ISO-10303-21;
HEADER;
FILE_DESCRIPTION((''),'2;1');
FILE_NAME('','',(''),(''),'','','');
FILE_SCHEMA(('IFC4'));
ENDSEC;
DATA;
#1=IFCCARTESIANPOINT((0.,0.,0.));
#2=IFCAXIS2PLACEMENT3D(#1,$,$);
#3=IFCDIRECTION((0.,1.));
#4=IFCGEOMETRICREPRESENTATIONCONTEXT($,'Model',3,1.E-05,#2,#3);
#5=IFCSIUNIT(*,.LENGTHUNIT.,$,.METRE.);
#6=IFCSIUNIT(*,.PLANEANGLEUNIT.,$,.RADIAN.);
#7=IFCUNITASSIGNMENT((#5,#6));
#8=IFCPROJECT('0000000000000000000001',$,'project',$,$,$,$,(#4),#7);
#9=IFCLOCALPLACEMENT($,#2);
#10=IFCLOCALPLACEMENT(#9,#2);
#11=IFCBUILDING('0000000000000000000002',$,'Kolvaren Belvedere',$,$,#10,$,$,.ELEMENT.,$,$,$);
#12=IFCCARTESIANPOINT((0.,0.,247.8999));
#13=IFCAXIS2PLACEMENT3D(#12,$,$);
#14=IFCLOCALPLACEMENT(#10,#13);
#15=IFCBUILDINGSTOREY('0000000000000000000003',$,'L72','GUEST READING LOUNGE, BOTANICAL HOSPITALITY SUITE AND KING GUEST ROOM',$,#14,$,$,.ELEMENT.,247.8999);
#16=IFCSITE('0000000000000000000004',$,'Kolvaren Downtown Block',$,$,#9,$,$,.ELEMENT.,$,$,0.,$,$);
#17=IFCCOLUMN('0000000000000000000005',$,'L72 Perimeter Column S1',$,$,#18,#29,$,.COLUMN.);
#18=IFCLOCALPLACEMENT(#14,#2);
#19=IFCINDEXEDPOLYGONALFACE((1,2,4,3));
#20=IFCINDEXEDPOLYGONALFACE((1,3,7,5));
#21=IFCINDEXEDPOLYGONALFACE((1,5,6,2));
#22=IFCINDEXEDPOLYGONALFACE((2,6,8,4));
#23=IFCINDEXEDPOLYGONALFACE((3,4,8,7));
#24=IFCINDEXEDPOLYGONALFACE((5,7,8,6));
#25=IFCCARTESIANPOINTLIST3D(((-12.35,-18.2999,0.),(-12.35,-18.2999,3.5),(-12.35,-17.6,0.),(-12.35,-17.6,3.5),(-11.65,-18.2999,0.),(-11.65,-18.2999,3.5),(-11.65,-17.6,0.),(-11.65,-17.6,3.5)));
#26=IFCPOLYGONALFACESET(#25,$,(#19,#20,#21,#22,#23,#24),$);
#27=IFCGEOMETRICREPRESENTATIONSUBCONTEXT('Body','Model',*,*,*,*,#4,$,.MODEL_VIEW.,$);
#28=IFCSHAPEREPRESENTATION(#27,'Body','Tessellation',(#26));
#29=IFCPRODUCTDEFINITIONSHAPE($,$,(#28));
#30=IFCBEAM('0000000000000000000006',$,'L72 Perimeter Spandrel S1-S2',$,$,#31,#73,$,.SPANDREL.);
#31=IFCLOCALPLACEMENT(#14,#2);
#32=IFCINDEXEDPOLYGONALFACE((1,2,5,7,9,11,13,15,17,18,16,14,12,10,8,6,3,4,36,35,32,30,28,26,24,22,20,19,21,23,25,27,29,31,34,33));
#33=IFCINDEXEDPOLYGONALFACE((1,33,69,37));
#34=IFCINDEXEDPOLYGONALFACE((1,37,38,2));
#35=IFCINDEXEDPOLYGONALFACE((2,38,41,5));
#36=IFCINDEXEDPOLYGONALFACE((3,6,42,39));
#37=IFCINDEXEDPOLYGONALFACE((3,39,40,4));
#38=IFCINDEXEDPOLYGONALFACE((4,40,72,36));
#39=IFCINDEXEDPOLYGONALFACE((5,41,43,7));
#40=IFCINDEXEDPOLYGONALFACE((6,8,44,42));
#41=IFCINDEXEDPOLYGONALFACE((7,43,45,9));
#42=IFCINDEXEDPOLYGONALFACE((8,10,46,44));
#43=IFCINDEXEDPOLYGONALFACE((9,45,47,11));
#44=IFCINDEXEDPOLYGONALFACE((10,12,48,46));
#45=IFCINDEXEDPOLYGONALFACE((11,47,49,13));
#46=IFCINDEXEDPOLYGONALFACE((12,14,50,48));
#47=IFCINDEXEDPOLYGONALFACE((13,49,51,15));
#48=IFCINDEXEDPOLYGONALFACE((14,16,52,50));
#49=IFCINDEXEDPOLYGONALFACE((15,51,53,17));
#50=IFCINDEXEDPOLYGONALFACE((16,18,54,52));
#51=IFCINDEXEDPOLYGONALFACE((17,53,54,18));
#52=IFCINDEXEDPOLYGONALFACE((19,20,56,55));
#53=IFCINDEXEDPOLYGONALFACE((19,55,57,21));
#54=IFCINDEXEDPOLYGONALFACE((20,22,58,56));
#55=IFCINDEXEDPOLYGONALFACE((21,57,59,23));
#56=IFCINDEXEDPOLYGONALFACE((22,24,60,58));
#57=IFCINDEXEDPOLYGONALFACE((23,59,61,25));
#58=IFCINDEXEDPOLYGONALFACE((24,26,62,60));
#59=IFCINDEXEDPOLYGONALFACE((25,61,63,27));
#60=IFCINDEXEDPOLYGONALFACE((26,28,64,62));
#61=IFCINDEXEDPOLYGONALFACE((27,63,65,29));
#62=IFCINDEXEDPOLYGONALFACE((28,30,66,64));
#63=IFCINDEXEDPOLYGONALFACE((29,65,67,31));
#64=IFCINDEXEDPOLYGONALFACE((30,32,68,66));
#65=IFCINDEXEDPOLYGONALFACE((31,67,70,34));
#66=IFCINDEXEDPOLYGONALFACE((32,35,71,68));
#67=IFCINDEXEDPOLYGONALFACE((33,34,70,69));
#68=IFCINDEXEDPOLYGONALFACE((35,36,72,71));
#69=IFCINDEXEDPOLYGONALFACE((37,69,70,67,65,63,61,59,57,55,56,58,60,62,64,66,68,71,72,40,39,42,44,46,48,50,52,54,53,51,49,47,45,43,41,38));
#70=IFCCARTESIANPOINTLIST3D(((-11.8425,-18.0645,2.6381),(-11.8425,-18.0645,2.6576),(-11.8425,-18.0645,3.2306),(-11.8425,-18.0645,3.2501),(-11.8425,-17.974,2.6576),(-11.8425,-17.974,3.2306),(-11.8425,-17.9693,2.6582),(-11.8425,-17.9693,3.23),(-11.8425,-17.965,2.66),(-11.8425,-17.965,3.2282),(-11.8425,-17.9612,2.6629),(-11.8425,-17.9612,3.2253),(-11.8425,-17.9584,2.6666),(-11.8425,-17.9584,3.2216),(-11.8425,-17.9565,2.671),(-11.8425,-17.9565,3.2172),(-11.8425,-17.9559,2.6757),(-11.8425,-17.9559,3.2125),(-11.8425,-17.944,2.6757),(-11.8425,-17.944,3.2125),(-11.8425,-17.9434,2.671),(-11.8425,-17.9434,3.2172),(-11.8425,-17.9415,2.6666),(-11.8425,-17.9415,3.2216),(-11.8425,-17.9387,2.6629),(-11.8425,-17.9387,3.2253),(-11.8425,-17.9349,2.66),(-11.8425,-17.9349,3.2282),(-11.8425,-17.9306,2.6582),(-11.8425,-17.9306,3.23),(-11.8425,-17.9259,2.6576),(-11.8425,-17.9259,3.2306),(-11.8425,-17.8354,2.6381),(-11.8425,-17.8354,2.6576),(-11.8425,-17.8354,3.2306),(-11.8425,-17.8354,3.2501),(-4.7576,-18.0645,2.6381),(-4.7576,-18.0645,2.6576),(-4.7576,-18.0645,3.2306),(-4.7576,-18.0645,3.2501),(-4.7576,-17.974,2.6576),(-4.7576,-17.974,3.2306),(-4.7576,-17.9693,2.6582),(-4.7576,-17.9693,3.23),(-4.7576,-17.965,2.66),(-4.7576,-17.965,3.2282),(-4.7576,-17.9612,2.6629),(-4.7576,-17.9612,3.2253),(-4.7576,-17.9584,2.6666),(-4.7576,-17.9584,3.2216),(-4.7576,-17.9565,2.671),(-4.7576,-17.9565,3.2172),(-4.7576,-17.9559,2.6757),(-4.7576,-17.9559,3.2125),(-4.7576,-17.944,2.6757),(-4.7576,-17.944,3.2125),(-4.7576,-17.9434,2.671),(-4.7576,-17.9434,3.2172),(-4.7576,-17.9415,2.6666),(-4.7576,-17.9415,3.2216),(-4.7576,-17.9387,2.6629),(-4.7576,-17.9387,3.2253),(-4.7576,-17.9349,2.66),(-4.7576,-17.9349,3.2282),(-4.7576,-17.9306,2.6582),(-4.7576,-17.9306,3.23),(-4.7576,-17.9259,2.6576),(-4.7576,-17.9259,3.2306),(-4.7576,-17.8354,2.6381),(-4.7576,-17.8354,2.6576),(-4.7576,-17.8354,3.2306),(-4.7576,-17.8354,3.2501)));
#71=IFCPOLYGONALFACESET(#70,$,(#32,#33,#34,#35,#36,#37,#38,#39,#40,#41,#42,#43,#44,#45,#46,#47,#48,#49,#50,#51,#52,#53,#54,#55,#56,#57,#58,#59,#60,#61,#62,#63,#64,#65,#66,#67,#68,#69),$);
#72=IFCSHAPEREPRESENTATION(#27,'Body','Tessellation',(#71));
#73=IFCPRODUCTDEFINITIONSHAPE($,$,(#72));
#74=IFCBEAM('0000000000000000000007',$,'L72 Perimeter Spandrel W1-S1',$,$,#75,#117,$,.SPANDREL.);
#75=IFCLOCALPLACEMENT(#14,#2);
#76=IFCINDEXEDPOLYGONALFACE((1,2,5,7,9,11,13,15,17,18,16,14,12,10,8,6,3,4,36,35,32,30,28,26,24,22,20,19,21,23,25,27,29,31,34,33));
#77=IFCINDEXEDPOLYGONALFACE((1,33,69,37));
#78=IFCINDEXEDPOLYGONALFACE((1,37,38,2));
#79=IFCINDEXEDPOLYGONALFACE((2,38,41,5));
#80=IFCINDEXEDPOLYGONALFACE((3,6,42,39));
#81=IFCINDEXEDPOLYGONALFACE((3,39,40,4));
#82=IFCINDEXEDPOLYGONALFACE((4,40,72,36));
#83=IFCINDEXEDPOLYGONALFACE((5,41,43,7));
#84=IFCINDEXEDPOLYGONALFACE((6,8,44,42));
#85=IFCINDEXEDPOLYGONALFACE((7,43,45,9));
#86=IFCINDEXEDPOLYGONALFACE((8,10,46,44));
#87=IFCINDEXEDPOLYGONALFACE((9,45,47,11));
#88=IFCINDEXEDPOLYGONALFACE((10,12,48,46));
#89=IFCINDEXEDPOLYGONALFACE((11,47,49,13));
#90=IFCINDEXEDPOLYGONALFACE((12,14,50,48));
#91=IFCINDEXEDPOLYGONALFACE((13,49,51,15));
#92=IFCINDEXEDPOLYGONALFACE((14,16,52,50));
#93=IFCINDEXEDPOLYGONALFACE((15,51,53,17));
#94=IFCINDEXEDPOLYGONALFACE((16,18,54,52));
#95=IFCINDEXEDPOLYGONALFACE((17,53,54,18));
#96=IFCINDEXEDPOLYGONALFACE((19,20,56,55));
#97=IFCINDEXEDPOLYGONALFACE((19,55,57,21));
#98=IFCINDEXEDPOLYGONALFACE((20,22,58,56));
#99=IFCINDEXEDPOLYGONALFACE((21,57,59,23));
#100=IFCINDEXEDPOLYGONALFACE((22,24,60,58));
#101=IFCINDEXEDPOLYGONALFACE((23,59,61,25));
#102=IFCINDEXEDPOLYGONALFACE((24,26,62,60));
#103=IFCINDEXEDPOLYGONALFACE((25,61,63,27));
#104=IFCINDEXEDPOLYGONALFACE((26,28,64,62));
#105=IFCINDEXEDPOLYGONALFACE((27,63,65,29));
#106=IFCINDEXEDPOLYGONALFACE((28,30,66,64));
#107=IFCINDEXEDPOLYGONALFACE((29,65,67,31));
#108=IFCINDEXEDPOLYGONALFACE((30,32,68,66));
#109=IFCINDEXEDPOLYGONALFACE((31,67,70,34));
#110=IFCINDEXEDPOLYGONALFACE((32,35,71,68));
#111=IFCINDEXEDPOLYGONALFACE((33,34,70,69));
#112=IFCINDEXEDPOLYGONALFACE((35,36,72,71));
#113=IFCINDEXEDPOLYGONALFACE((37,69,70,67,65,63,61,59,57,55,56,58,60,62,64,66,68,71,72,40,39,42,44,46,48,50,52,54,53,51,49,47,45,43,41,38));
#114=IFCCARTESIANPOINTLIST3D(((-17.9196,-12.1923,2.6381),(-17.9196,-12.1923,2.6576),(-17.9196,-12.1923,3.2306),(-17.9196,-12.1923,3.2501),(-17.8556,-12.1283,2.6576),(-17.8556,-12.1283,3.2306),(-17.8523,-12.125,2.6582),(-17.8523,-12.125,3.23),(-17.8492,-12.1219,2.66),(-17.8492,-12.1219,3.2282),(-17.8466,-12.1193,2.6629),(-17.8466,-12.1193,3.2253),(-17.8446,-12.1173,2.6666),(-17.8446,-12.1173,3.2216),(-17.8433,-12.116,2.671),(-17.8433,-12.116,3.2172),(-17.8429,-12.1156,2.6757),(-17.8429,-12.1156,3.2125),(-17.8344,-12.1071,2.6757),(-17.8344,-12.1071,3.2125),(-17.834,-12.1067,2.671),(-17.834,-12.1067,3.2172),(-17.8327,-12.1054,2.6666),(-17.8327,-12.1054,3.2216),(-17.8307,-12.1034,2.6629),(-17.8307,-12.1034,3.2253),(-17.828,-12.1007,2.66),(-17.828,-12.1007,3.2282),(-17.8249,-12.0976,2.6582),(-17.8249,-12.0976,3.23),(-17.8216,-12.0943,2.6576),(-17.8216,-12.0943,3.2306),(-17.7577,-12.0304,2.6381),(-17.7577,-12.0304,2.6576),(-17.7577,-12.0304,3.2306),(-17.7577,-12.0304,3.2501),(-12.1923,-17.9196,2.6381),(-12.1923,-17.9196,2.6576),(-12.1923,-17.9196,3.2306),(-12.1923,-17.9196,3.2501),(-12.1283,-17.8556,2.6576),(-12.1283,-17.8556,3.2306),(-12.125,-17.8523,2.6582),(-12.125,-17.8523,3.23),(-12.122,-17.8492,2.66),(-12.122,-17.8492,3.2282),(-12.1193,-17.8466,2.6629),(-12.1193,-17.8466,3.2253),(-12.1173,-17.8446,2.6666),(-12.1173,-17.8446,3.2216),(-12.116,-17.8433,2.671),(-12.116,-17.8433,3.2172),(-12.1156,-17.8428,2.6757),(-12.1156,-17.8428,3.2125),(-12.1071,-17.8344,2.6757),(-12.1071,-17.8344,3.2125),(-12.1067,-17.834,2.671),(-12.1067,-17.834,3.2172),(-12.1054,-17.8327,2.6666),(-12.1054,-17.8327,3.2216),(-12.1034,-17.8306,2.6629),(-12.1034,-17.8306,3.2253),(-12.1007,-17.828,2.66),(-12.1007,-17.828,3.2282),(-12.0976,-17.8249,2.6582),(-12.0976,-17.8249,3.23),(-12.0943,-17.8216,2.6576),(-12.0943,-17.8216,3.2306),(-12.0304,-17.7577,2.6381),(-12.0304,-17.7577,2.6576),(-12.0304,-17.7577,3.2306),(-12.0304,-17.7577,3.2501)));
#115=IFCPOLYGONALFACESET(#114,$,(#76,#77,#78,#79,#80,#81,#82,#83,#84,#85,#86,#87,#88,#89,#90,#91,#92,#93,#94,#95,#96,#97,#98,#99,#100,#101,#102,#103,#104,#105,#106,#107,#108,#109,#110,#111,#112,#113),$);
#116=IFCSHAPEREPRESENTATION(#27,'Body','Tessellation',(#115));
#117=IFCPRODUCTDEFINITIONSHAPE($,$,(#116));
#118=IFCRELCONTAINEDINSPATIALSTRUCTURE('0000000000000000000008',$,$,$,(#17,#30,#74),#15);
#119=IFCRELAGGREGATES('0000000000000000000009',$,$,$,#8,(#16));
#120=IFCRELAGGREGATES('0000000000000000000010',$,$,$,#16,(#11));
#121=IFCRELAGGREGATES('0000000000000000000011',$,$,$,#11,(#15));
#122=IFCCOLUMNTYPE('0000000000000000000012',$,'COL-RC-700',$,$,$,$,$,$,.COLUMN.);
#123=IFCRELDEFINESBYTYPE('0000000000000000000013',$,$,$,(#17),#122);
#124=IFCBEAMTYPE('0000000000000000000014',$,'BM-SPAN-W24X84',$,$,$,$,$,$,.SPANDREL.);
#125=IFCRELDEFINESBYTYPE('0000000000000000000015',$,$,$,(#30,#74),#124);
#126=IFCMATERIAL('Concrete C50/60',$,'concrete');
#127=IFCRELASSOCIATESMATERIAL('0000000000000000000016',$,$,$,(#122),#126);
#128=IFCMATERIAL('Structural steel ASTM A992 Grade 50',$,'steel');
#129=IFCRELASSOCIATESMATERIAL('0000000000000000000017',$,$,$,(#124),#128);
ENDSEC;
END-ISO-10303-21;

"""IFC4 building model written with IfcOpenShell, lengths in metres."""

from ifc_helpers import new_model, si_unit, direction, frame, origin, origin_2d, place, context, subcontext, project, spatial, rectangle, i_section, extrude, material, material_profile, profile_set, type_object, element, save


model = new_model("IFC4")

# Units and contexts
model_context = context("Model", 3, precision=1e-05, world=origin(), true_north=direction((0.0, 1.0)))
body_context = subcontext(model_context, "Body", "Model", "MODEL_VIEW")
ifc_project = project(units=[si_unit("LENGTHUNIT", "METRE"), si_unit("PLANEANGLEUNIT", "RADIAN")], contexts=[model_context])

# Site, building, storey
site_placement = place(None, origin())
site = spatial("IfcSite", under=ifc_project, at=site_placement, Name="Kolvaren Downtown Block", CompositionType="ELEMENT", RefElevation=0.0)
building_placement = place(site_placement, origin())
building = spatial("IfcBuilding", under=site, at=building_placement, Name="Kolvaren Belvedere", CompositionType="ELEMENT")
storey_placement = place(building_placement, frame((0.0, 0.0, 247.8999)))
storey = spatial("IfcBuildingStorey", under=building, at=storey_placement, Name="L72", Description="GUEST READING LOUNGE, BOTANICAL HOSPITALITY SUITE AND KING GUEST ROOM", CompositionType="ELEMENT", Elevation=247.8999)

# Column
ifc_material_1 = material(Name="Concrete C50/60", Category="concrete")
ifc_material_profile_1 = material_profile(ifc_material_1, rectangle(XDim=0.7, YDim=0.7, at=origin_2d()), Name="RC 700X700")
ifc_profile_set_1 = profile_set([ifc_material_profile_1], Name="Concrete C50/60")
column_type = type_object("IfcColumnType", Name="COL-RC-700", PredefinedType="COLUMN", material=ifc_profile_set_1)
column_placement = place(storey_placement, frame((-12.0, -17.95, 0.0), z_axis=(0.0, 0.0, 1.0), x_axis=(1.0, 0.0, 0.0)))
element("IfcColumn", 1, at=column_placement, inside=storey, type_object=column_type, Name="L72 Perimeter Column S1", PredefinedType="COLUMN", context=body_context, shape_type="SweptSolid", body=[
    extrude(rectangle(XDim=0.7, YDim=0.7, at=origin_2d()), origin(), (0.0, 0.0, 1.0), 3.5),
])

# Beams
ifc_material_2 = material(Name="Structural steel ASTM A992 Grade 50", Category="steel")
ifc_material_profile_2 = material_profile(ifc_material_2, i_section(OverallWidth=0.229, OverallDepth=0.6121, WebThickness=0.012, FlangeThickness=0.0195, FilletRadius=0.0181, at=origin_2d()), Name="W24X84")
ifc_profile_set_2 = profile_set([ifc_material_profile_2], Name="Structural steel ASTM A992 Grade 50")
beam_type = type_object("IfcBeamType", Name="BM-SPAN-W24X84", PredefinedType="SPANDREL", material=ifc_profile_set_2)
beam_1_placement = place(storey_placement, frame((-11.8425, -17.95, 2.9441), z_axis=(1.0, 0.0, 0.0), x_axis=(0.0, 1.0, 0.0)))
element("IfcBeam", 2, at=beam_1_placement, inside=storey, type_object=beam_type, Name="L72 Perimeter Spandrel S1-S2", PredefinedType="SPANDREL", context=body_context, shape_type="SweptSolid", body=[
    extrude(i_section(OverallWidth=0.229, OverallDepth=0.6121, WebThickness=0.012, FlangeThickness=0.0195, FilletRadius=0.0181, at=origin_2d()), origin(), (0.0, 0.0, 1.0), 7.085),
])
beam_2_placement = place(storey_placement, frame((-17.8386, -12.1113, 2.9441), z_axis=(0.707107, -0.707107, 0.0), x_axis=(0.707107, 0.707107, 0.0)))
element("IfcBeam", 3, at=beam_2_placement, inside=storey, type_object=beam_type, Name="L72 Perimeter Spandrel W1-S1", PredefinedType="SPANDREL", context=body_context, shape_type="SweptSolid", body=[
    extrude(i_section(OverallWidth=0.229, OverallDepth=0.6121, WebThickness=0.012, FlangeThickness=0.0195, FilletRadius=0.0181, at=origin_2d()), origin(), (0.0, 0.0, 1.0), 8.0996),
])

save(model, "model.ifc")
